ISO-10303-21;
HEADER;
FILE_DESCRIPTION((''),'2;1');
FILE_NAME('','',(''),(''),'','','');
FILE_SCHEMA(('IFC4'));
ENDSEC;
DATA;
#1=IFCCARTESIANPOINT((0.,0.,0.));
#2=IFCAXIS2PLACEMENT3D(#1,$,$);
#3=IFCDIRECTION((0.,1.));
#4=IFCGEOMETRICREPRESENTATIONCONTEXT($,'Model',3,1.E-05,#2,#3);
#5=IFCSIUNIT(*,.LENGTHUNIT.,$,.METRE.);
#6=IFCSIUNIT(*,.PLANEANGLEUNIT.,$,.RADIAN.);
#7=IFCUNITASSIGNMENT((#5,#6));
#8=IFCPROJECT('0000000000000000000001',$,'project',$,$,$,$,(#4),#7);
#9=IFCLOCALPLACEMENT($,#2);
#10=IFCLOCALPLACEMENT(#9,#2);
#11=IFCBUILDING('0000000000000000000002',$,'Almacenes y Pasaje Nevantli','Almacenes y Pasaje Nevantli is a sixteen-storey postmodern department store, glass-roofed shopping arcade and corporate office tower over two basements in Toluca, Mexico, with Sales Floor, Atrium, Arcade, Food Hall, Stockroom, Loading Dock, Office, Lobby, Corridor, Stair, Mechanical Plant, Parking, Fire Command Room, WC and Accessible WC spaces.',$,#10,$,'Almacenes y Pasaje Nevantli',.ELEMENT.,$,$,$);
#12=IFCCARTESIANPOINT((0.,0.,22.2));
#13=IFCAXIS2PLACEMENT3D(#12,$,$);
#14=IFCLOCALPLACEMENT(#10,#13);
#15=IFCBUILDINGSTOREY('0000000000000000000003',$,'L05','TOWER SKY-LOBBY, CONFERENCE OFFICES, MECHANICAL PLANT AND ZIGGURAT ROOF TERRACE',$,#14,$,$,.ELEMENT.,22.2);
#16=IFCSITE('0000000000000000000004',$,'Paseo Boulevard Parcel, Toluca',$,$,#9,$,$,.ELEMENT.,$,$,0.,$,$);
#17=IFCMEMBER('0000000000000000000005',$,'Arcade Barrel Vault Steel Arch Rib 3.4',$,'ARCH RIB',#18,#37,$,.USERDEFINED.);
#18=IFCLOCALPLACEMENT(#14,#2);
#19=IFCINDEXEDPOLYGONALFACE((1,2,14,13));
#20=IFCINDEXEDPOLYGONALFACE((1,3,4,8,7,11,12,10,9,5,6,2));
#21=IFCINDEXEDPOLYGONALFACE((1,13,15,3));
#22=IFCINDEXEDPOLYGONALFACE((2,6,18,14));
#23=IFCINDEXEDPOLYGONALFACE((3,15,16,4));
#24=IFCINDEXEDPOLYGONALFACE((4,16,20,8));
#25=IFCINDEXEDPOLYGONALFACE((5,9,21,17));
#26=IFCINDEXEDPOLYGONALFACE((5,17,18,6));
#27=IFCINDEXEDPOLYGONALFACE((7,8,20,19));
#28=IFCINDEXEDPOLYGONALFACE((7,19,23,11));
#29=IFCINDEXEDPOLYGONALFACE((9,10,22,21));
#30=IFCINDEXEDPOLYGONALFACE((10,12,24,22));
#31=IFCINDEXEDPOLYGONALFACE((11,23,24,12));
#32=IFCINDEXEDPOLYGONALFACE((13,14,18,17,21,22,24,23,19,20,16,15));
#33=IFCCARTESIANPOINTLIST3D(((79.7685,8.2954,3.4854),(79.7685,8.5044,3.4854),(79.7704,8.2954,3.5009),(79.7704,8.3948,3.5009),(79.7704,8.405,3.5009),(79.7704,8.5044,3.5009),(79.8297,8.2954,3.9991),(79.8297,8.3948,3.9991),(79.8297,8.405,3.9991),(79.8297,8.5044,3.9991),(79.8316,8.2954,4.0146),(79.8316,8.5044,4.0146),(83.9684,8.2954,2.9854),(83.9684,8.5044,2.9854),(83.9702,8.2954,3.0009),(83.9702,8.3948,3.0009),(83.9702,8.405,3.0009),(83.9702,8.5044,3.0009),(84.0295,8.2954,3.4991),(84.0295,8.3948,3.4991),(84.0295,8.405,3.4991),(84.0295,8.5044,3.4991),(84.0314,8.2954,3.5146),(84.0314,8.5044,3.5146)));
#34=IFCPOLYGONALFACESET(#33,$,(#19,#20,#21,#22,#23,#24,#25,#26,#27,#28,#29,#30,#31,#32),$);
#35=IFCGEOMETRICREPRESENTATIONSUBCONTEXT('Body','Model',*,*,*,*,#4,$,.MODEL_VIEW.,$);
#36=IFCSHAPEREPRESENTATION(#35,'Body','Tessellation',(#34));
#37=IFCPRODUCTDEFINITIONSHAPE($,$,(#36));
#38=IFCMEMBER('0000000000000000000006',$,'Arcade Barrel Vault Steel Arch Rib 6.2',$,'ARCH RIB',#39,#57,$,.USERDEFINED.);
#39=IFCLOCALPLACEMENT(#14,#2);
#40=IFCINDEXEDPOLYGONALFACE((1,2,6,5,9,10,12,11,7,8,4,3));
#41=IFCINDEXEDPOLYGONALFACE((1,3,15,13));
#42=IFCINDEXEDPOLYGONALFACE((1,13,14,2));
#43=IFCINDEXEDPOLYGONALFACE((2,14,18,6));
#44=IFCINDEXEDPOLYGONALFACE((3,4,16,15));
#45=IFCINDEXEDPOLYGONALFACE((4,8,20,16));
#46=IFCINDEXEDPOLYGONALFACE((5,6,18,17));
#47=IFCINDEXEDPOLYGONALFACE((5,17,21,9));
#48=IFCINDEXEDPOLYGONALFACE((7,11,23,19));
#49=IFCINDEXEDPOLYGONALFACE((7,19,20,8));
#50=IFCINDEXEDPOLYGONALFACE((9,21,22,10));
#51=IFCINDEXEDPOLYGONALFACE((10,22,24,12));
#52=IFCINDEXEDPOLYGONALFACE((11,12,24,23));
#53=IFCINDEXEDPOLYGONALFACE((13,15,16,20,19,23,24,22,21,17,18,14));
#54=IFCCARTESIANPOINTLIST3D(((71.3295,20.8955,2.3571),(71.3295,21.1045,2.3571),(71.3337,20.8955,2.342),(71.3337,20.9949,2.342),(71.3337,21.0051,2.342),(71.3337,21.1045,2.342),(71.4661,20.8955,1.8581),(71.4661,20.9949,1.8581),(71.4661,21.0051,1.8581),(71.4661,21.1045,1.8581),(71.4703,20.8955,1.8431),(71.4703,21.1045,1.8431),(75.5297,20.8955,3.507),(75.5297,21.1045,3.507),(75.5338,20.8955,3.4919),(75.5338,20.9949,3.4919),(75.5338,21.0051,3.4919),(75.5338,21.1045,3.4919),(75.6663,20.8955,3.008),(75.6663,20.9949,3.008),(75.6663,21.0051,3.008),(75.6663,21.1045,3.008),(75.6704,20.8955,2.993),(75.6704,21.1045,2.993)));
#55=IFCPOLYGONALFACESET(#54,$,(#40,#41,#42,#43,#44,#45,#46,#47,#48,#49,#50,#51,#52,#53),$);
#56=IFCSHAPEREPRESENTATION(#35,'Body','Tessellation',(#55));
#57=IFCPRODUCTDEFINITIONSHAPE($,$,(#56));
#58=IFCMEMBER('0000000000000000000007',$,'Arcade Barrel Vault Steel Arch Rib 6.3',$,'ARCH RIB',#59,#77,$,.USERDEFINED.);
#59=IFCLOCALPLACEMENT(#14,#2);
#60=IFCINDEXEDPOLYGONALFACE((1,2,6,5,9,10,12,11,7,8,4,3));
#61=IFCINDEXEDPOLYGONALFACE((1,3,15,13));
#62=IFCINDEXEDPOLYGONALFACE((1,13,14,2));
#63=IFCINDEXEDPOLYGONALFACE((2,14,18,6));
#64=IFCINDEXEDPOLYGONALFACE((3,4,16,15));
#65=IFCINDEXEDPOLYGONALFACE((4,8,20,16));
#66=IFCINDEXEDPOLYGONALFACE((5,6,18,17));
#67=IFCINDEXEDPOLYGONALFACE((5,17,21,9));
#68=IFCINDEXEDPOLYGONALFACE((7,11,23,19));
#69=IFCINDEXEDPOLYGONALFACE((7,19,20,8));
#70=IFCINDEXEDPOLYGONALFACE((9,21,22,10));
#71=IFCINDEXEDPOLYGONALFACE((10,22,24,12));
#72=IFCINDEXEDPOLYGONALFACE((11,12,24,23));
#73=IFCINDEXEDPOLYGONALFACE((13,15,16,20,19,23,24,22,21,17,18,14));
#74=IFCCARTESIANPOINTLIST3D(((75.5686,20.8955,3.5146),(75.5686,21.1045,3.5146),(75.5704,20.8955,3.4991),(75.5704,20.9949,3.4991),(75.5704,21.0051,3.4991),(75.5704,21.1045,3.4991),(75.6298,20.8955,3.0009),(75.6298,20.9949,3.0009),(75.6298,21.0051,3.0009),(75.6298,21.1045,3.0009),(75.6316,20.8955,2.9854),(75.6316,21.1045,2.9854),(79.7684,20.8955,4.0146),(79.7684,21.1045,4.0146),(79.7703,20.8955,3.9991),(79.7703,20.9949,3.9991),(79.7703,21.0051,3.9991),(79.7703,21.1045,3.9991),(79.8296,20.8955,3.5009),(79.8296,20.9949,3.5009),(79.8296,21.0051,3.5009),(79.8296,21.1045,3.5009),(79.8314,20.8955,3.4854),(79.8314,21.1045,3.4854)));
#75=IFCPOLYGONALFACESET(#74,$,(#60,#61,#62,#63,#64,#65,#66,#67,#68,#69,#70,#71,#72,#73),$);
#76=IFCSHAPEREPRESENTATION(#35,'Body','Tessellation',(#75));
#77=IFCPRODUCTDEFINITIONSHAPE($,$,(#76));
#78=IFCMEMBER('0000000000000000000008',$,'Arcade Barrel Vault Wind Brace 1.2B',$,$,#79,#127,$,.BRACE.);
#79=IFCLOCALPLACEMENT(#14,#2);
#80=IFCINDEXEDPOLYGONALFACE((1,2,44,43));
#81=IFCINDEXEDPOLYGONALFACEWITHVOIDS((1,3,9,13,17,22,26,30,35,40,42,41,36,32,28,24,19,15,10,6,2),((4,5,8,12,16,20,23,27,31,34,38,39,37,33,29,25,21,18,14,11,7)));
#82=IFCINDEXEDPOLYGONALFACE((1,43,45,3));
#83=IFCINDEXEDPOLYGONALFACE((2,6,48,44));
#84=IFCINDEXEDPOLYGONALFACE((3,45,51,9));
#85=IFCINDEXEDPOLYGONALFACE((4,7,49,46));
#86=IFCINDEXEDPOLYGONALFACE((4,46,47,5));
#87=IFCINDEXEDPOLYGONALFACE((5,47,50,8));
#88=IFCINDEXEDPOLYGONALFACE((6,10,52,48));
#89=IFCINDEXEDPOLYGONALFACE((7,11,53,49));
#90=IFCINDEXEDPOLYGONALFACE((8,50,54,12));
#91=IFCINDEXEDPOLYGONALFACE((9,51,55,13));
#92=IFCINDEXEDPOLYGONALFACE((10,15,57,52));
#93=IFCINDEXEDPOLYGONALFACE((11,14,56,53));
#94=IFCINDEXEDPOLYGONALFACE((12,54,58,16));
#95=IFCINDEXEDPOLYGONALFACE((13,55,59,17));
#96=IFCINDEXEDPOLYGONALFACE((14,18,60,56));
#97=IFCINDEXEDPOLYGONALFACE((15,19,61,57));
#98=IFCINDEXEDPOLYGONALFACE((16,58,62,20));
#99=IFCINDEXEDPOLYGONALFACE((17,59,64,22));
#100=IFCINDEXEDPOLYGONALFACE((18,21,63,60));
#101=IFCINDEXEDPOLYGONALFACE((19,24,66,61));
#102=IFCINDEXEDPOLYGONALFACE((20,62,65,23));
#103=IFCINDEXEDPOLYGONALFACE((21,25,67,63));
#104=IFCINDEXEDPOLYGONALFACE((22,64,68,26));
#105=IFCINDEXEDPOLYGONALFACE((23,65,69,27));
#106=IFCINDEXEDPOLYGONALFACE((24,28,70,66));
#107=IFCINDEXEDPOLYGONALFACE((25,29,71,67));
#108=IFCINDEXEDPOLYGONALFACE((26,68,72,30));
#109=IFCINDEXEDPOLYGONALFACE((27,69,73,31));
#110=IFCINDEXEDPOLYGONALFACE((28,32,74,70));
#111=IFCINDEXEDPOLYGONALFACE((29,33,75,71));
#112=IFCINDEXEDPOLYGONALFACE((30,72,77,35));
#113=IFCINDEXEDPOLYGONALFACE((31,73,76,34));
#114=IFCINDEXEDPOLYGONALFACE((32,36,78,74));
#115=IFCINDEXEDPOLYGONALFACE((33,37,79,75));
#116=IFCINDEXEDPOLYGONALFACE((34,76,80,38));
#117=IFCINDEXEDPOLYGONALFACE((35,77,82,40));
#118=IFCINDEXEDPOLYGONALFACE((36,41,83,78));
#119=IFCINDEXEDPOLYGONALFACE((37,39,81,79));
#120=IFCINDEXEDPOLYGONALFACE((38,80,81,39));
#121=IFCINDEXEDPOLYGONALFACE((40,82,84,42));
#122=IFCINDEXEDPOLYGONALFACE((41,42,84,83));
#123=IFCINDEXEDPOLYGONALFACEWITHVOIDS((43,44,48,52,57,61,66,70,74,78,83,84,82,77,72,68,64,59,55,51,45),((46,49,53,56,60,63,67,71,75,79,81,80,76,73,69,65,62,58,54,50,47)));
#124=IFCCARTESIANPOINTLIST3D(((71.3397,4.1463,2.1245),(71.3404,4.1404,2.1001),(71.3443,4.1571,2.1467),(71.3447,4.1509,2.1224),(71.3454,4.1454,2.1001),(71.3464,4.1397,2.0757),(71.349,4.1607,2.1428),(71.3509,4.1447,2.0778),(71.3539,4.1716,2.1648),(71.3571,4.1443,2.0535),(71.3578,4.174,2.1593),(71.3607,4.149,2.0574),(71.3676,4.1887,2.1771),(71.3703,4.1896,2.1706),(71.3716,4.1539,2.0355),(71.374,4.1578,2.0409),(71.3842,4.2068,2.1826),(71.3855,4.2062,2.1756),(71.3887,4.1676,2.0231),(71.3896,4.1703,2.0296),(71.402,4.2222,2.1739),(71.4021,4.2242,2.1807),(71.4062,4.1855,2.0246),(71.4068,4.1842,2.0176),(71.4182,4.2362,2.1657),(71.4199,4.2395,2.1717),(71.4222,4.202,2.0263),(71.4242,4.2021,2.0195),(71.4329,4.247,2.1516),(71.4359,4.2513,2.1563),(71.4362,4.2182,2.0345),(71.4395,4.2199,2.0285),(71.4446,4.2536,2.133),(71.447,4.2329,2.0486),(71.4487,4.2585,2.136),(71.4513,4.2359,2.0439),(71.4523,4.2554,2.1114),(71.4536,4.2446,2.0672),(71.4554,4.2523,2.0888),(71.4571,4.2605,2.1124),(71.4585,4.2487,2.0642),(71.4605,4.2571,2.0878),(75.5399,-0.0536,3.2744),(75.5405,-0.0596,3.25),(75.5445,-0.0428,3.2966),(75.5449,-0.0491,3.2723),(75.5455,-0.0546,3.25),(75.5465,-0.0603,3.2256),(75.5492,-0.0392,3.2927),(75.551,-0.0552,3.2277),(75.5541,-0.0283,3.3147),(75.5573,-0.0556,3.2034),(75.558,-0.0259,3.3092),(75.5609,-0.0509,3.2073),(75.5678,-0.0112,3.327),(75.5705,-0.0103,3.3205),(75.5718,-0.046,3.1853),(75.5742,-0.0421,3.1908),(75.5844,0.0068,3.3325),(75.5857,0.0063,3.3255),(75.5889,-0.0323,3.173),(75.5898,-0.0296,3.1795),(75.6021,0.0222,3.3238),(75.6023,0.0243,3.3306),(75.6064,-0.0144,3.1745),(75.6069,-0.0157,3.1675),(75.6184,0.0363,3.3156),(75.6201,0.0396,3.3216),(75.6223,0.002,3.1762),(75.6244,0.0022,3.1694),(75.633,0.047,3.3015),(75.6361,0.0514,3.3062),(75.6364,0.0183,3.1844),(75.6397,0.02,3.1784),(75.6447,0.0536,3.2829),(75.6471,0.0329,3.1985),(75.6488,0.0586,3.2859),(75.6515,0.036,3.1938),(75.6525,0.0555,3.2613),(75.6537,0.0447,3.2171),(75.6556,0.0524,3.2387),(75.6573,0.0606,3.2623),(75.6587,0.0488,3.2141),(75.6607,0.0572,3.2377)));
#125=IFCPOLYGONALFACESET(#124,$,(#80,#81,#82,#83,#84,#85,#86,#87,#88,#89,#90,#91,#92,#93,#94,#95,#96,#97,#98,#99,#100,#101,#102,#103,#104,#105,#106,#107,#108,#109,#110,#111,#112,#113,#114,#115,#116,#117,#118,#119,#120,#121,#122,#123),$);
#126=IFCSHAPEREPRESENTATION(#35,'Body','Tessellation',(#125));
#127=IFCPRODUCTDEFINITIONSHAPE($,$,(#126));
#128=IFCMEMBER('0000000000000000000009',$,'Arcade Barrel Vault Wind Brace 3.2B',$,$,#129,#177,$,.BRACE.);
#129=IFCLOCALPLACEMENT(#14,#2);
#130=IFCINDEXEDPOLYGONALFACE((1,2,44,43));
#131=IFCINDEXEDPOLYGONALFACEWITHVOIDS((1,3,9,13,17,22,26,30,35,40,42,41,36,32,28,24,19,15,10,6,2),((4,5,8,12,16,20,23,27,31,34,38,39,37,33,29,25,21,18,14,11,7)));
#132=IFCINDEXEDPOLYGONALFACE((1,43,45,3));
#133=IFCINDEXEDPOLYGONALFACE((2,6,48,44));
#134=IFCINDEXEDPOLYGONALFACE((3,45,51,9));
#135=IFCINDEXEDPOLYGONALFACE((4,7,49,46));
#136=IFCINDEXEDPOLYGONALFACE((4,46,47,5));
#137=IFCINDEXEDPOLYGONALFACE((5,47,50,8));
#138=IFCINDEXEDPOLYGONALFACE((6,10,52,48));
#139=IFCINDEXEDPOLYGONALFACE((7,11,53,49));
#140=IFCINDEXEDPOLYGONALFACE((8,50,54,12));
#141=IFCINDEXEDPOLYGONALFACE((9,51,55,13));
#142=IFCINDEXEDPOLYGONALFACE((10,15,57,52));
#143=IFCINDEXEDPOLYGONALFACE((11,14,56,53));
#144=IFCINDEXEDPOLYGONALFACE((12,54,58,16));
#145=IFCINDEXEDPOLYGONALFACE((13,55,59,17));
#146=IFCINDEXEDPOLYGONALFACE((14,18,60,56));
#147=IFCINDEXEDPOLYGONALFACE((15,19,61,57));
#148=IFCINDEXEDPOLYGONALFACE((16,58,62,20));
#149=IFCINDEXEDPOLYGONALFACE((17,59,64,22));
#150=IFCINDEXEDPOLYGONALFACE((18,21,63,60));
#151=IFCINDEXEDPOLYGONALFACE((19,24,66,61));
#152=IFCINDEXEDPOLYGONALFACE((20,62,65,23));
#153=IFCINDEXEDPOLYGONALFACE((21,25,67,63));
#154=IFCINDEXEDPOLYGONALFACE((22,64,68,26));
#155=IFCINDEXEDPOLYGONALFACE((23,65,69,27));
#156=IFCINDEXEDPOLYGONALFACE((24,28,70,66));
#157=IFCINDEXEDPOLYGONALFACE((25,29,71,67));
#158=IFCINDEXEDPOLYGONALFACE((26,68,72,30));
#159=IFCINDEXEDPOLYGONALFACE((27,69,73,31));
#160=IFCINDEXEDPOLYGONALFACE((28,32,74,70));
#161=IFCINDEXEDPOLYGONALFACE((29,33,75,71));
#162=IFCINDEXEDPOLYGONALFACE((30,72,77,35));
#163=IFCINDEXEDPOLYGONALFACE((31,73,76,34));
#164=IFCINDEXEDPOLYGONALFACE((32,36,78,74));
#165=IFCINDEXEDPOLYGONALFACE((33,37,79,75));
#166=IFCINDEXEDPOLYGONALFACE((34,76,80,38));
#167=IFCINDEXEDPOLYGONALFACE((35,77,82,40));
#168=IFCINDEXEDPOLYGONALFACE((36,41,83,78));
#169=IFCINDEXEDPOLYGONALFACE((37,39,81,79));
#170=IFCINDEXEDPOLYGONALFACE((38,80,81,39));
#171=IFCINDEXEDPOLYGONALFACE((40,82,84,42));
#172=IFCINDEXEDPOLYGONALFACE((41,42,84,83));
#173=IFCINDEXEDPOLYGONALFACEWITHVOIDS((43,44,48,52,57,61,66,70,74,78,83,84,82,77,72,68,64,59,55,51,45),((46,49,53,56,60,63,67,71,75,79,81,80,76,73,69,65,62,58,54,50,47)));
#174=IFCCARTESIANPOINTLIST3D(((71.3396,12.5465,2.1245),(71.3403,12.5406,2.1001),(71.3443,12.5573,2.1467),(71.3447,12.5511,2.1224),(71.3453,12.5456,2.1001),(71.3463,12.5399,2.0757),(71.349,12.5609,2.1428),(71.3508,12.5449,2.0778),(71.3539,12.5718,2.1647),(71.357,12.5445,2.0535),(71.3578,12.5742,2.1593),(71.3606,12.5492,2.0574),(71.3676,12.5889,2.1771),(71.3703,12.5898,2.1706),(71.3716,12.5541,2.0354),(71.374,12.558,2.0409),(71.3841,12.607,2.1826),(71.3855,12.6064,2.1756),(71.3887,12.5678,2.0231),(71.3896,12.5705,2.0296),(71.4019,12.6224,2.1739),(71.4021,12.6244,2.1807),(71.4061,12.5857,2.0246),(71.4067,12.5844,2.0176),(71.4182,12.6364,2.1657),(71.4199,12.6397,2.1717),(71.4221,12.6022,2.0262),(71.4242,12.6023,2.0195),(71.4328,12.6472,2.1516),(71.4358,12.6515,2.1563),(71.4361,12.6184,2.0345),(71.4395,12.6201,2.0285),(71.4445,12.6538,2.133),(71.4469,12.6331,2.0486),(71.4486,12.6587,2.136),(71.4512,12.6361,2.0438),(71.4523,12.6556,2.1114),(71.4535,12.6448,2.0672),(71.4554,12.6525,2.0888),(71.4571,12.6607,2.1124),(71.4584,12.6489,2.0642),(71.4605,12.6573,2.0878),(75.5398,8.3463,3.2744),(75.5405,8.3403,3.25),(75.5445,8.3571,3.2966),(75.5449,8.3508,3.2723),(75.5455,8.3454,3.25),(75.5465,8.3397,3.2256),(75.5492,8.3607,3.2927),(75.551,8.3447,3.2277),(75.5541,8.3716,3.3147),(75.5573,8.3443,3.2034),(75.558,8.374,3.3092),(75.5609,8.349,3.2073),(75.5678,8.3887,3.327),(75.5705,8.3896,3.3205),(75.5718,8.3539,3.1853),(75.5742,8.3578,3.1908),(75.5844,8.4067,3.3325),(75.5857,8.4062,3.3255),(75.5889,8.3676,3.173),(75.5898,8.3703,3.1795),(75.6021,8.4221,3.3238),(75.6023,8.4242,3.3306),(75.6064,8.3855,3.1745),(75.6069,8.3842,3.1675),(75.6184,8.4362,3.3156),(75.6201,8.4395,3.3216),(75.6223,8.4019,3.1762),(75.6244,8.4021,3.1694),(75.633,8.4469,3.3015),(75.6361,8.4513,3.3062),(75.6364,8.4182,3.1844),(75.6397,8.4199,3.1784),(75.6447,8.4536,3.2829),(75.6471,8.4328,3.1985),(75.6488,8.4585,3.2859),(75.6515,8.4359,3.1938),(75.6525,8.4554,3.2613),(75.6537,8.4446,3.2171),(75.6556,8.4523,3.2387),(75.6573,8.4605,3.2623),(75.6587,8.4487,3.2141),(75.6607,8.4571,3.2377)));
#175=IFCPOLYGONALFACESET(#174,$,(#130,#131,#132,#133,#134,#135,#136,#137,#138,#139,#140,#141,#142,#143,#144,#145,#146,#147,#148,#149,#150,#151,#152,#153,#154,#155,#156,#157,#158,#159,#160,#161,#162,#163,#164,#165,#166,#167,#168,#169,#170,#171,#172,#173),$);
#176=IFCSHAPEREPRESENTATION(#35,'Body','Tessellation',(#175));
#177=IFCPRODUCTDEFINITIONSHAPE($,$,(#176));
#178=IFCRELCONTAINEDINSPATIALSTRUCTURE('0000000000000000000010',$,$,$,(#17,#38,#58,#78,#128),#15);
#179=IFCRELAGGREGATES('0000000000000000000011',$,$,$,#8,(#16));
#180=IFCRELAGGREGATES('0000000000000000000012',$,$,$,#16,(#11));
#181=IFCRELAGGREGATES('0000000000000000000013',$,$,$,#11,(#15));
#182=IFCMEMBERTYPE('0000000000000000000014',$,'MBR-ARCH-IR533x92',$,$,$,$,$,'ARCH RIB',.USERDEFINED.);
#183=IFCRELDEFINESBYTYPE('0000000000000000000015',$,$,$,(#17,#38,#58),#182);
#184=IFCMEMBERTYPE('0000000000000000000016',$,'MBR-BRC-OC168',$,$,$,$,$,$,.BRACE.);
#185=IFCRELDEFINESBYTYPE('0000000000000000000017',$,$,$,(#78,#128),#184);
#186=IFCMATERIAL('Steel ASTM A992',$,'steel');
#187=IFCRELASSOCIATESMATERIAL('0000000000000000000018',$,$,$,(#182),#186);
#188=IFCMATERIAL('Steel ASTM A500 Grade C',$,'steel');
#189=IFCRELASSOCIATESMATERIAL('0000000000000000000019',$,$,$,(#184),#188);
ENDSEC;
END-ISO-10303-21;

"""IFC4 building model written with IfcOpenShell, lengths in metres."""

from ifc_helpers import new_model, si_unit, direction, frame, origin, origin_2d, place, context, subcontext, project, spatial, hollow_circle, i_section, extrude, material, material_profile, profile_set, type_object, element, save


model = new_model("IFC4")

# Units and contexts
model_context = context("Model", 3, precision=1e-05, world=origin(), true_north=direction((0.0, 1.0)))
body_context = subcontext(model_context, "Body", "Model", "MODEL_VIEW")
ifc_project = project(units=[si_unit("LENGTHUNIT", "METRE"), si_unit("PLANEANGLEUNIT", "RADIAN")], contexts=[model_context])

# Site, building, storey
site_placement = place(None, origin())
site = spatial("IfcSite", under=ifc_project, at=site_placement, Name="Paseo Boulevard Parcel, Toluca", CompositionType="ELEMENT", RefElevation=0.0)
building_placement = place(site_placement, origin())
building = spatial("IfcBuilding", under=site, at=building_placement, Name="Almacenes y Pasaje Nevantli", Description="Almacenes y Pasaje Nevantli is a sixteen-storey postmodern department store, glass-roofed shopping arcade and corporate office tower over two basements in Toluca, Mexico, with Sales Floor, Atrium, Arcade, Food Hall, Stockroom, Loading Dock, Office, Lobby, Corridor, Stair, Mechanical Plant, Parking, Fire Command Room, WC and Accessible WC spaces.", LongName="Almacenes y Pasaje Nevantli", CompositionType="ELEMENT")
storey_placement = place(building_placement, frame((0.0, 0.0, 22.2)))
storey = spatial("IfcBuildingStorey", under=building, at=storey_placement, Name="L05", Description="TOWER SKY-LOBBY, CONFERENCE OFFICES, MECHANICAL PLANT AND ZIGGURAT ROOF TERRACE", CompositionType="ELEMENT", Elevation=22.2)

# Members
ifc_material_1 = material(Name="Steel ASTM A992", Category="steel")
ifc_material_profile_1 = material_profile(ifc_material_1, i_section(OverallWidth=0.209, OverallDepth=0.533, WebThickness=0.0103, FlangeThickness=0.0156, at=origin_2d()), Name="IR 533x92.5")
ifc_profile_set_1 = profile_set([ifc_material_profile_1], Name="Steel ASTM A992")
member_type_1 = type_object("IfcMemberType", Name="MBR-ARCH-IR533x92", ElementType="ARCH RIB", PredefinedType="USERDEFINED", material=ifc_profile_set_1)
for number, where, z_axis, x_axis, name in (
    (1, (79.8, 8.3999, 3.75), (0.992988, 0.0, -0.118214), (0.0, 1.0, 0.0), "Arcade Barrel Vault Steel Arch Rib 3.4"),
):
    element("IfcMember", number, at=place(storey_placement, frame(where, z_axis=z_axis, x_axis=x_axis)), inside=storey, type_object=member_type_1, Name=name, ObjectType="ARCH RIB", PredefinedType="USERDEFINED", context=body_context, shape_type="SweptSolid", body=[
        extrude(i_section(OverallWidth=0.209, OverallDepth=0.533, WebThickness=0.0103, FlangeThickness=0.0156, at=origin_2d()), origin(), (0.0, 0.0, 1.0), 4.2295),
    ])
member_1_placement = place(storey_placement, frame((71.3999, 21.0, 2.1001), z_axis=(0.964507, 0.0, 0.264057), x_axis=(0.0, 1.0, 0.0)))
element("IfcMember", 2, at=member_1_placement, inside=storey, type_object=member_type_1, Name="Arcade Barrel Vault Steel Arch Rib 6.2", ObjectType="ARCH RIB", PredefinedType="USERDEFINED", context=body_context, shape_type="SweptSolid", body=[
    extrude(i_section(OverallWidth=0.209, OverallDepth=0.533, WebThickness=0.0103, FlangeThickness=0.0156, at=origin_2d()), origin(), (0.0, 0.0, 1.0), 4.3547),
])
member_2_placement = place(storey_placement, frame((75.6001, 21.0, 3.25), z_axis=(0.992988, 0.0, 0.118214), x_axis=(0.0, 1.0, 0.0)))
element("IfcMember", 3, at=member_2_placement, inside=storey, type_object=member_type_1, Name="Arcade Barrel Vault Steel Arch Rib 6.3", ObjectType="ARCH RIB", PredefinedType="USERDEFINED", context=body_context, shape_type="SweptSolid", body=[
    extrude(i_section(OverallWidth=0.209, OverallDepth=0.533, WebThickness=0.0103, FlangeThickness=0.0156, at=origin_2d()), origin(), (0.0, 0.0, 1.0), 4.2295),
])
ifc_material_2 = material(Name="Steel ASTM A500 Grade C", Category="steel")
ifc_material_profile_2 = material_profile(ifc_material_2, hollow_circle(Radius=0.0842, WallThickness=0.0071, at=origin_2d()), Name="OC 168x7.1")
ifc_profile_set_2 = profile_set([ifc_material_profile_2], Name="Steel ASTM A500 Grade C")
member_type_2 = type_object("IfcMemberType", Name="MBR-BRC-OC168", PredefinedType="BRACE", material=ifc_profile_set_2)
member_3_placement = place(storey_placement, frame((75.6001, 0.0, 3.25), z_axis=(-0.694238, 0.694197, -0.190064), x_axis=(-0.707086, -0.707127, 0.0)))
element("IfcMember", 4, at=member_3_placement, inside=storey, type_object=member_type_2, Name="Arcade Barrel Vault Wind Brace 1.2B", PredefinedType="BRACE", context=body_context, shape_type="SweptSolid", body=[
    extrude(hollow_circle(Radius=0.0842, WallThickness=0.0071, at=origin_2d()), origin(), (0.0, 0.0, 1.0), 6.05),
])
member_4_placement = place(storey_placement, frame((75.6001, 8.3999, 3.25), z_axis=(-0.694218, 0.694218, -0.190059), x_axis=(-0.707107, -0.707107, 0.0)))
element("IfcMember", 5, at=member_4_placement, inside=storey, type_object=member_type_2, Name="Arcade Barrel Vault Wind Brace 3.2B", PredefinedType="BRACE", context=body_context, shape_type="SweptSolid", body=[
    extrude(hollow_circle(Radius=0.0842, WallThickness=0.0071, at=origin_2d()), origin(), (0.0, 0.0, 1.0), 6.0503),
])

save(model, "model.ifc")
